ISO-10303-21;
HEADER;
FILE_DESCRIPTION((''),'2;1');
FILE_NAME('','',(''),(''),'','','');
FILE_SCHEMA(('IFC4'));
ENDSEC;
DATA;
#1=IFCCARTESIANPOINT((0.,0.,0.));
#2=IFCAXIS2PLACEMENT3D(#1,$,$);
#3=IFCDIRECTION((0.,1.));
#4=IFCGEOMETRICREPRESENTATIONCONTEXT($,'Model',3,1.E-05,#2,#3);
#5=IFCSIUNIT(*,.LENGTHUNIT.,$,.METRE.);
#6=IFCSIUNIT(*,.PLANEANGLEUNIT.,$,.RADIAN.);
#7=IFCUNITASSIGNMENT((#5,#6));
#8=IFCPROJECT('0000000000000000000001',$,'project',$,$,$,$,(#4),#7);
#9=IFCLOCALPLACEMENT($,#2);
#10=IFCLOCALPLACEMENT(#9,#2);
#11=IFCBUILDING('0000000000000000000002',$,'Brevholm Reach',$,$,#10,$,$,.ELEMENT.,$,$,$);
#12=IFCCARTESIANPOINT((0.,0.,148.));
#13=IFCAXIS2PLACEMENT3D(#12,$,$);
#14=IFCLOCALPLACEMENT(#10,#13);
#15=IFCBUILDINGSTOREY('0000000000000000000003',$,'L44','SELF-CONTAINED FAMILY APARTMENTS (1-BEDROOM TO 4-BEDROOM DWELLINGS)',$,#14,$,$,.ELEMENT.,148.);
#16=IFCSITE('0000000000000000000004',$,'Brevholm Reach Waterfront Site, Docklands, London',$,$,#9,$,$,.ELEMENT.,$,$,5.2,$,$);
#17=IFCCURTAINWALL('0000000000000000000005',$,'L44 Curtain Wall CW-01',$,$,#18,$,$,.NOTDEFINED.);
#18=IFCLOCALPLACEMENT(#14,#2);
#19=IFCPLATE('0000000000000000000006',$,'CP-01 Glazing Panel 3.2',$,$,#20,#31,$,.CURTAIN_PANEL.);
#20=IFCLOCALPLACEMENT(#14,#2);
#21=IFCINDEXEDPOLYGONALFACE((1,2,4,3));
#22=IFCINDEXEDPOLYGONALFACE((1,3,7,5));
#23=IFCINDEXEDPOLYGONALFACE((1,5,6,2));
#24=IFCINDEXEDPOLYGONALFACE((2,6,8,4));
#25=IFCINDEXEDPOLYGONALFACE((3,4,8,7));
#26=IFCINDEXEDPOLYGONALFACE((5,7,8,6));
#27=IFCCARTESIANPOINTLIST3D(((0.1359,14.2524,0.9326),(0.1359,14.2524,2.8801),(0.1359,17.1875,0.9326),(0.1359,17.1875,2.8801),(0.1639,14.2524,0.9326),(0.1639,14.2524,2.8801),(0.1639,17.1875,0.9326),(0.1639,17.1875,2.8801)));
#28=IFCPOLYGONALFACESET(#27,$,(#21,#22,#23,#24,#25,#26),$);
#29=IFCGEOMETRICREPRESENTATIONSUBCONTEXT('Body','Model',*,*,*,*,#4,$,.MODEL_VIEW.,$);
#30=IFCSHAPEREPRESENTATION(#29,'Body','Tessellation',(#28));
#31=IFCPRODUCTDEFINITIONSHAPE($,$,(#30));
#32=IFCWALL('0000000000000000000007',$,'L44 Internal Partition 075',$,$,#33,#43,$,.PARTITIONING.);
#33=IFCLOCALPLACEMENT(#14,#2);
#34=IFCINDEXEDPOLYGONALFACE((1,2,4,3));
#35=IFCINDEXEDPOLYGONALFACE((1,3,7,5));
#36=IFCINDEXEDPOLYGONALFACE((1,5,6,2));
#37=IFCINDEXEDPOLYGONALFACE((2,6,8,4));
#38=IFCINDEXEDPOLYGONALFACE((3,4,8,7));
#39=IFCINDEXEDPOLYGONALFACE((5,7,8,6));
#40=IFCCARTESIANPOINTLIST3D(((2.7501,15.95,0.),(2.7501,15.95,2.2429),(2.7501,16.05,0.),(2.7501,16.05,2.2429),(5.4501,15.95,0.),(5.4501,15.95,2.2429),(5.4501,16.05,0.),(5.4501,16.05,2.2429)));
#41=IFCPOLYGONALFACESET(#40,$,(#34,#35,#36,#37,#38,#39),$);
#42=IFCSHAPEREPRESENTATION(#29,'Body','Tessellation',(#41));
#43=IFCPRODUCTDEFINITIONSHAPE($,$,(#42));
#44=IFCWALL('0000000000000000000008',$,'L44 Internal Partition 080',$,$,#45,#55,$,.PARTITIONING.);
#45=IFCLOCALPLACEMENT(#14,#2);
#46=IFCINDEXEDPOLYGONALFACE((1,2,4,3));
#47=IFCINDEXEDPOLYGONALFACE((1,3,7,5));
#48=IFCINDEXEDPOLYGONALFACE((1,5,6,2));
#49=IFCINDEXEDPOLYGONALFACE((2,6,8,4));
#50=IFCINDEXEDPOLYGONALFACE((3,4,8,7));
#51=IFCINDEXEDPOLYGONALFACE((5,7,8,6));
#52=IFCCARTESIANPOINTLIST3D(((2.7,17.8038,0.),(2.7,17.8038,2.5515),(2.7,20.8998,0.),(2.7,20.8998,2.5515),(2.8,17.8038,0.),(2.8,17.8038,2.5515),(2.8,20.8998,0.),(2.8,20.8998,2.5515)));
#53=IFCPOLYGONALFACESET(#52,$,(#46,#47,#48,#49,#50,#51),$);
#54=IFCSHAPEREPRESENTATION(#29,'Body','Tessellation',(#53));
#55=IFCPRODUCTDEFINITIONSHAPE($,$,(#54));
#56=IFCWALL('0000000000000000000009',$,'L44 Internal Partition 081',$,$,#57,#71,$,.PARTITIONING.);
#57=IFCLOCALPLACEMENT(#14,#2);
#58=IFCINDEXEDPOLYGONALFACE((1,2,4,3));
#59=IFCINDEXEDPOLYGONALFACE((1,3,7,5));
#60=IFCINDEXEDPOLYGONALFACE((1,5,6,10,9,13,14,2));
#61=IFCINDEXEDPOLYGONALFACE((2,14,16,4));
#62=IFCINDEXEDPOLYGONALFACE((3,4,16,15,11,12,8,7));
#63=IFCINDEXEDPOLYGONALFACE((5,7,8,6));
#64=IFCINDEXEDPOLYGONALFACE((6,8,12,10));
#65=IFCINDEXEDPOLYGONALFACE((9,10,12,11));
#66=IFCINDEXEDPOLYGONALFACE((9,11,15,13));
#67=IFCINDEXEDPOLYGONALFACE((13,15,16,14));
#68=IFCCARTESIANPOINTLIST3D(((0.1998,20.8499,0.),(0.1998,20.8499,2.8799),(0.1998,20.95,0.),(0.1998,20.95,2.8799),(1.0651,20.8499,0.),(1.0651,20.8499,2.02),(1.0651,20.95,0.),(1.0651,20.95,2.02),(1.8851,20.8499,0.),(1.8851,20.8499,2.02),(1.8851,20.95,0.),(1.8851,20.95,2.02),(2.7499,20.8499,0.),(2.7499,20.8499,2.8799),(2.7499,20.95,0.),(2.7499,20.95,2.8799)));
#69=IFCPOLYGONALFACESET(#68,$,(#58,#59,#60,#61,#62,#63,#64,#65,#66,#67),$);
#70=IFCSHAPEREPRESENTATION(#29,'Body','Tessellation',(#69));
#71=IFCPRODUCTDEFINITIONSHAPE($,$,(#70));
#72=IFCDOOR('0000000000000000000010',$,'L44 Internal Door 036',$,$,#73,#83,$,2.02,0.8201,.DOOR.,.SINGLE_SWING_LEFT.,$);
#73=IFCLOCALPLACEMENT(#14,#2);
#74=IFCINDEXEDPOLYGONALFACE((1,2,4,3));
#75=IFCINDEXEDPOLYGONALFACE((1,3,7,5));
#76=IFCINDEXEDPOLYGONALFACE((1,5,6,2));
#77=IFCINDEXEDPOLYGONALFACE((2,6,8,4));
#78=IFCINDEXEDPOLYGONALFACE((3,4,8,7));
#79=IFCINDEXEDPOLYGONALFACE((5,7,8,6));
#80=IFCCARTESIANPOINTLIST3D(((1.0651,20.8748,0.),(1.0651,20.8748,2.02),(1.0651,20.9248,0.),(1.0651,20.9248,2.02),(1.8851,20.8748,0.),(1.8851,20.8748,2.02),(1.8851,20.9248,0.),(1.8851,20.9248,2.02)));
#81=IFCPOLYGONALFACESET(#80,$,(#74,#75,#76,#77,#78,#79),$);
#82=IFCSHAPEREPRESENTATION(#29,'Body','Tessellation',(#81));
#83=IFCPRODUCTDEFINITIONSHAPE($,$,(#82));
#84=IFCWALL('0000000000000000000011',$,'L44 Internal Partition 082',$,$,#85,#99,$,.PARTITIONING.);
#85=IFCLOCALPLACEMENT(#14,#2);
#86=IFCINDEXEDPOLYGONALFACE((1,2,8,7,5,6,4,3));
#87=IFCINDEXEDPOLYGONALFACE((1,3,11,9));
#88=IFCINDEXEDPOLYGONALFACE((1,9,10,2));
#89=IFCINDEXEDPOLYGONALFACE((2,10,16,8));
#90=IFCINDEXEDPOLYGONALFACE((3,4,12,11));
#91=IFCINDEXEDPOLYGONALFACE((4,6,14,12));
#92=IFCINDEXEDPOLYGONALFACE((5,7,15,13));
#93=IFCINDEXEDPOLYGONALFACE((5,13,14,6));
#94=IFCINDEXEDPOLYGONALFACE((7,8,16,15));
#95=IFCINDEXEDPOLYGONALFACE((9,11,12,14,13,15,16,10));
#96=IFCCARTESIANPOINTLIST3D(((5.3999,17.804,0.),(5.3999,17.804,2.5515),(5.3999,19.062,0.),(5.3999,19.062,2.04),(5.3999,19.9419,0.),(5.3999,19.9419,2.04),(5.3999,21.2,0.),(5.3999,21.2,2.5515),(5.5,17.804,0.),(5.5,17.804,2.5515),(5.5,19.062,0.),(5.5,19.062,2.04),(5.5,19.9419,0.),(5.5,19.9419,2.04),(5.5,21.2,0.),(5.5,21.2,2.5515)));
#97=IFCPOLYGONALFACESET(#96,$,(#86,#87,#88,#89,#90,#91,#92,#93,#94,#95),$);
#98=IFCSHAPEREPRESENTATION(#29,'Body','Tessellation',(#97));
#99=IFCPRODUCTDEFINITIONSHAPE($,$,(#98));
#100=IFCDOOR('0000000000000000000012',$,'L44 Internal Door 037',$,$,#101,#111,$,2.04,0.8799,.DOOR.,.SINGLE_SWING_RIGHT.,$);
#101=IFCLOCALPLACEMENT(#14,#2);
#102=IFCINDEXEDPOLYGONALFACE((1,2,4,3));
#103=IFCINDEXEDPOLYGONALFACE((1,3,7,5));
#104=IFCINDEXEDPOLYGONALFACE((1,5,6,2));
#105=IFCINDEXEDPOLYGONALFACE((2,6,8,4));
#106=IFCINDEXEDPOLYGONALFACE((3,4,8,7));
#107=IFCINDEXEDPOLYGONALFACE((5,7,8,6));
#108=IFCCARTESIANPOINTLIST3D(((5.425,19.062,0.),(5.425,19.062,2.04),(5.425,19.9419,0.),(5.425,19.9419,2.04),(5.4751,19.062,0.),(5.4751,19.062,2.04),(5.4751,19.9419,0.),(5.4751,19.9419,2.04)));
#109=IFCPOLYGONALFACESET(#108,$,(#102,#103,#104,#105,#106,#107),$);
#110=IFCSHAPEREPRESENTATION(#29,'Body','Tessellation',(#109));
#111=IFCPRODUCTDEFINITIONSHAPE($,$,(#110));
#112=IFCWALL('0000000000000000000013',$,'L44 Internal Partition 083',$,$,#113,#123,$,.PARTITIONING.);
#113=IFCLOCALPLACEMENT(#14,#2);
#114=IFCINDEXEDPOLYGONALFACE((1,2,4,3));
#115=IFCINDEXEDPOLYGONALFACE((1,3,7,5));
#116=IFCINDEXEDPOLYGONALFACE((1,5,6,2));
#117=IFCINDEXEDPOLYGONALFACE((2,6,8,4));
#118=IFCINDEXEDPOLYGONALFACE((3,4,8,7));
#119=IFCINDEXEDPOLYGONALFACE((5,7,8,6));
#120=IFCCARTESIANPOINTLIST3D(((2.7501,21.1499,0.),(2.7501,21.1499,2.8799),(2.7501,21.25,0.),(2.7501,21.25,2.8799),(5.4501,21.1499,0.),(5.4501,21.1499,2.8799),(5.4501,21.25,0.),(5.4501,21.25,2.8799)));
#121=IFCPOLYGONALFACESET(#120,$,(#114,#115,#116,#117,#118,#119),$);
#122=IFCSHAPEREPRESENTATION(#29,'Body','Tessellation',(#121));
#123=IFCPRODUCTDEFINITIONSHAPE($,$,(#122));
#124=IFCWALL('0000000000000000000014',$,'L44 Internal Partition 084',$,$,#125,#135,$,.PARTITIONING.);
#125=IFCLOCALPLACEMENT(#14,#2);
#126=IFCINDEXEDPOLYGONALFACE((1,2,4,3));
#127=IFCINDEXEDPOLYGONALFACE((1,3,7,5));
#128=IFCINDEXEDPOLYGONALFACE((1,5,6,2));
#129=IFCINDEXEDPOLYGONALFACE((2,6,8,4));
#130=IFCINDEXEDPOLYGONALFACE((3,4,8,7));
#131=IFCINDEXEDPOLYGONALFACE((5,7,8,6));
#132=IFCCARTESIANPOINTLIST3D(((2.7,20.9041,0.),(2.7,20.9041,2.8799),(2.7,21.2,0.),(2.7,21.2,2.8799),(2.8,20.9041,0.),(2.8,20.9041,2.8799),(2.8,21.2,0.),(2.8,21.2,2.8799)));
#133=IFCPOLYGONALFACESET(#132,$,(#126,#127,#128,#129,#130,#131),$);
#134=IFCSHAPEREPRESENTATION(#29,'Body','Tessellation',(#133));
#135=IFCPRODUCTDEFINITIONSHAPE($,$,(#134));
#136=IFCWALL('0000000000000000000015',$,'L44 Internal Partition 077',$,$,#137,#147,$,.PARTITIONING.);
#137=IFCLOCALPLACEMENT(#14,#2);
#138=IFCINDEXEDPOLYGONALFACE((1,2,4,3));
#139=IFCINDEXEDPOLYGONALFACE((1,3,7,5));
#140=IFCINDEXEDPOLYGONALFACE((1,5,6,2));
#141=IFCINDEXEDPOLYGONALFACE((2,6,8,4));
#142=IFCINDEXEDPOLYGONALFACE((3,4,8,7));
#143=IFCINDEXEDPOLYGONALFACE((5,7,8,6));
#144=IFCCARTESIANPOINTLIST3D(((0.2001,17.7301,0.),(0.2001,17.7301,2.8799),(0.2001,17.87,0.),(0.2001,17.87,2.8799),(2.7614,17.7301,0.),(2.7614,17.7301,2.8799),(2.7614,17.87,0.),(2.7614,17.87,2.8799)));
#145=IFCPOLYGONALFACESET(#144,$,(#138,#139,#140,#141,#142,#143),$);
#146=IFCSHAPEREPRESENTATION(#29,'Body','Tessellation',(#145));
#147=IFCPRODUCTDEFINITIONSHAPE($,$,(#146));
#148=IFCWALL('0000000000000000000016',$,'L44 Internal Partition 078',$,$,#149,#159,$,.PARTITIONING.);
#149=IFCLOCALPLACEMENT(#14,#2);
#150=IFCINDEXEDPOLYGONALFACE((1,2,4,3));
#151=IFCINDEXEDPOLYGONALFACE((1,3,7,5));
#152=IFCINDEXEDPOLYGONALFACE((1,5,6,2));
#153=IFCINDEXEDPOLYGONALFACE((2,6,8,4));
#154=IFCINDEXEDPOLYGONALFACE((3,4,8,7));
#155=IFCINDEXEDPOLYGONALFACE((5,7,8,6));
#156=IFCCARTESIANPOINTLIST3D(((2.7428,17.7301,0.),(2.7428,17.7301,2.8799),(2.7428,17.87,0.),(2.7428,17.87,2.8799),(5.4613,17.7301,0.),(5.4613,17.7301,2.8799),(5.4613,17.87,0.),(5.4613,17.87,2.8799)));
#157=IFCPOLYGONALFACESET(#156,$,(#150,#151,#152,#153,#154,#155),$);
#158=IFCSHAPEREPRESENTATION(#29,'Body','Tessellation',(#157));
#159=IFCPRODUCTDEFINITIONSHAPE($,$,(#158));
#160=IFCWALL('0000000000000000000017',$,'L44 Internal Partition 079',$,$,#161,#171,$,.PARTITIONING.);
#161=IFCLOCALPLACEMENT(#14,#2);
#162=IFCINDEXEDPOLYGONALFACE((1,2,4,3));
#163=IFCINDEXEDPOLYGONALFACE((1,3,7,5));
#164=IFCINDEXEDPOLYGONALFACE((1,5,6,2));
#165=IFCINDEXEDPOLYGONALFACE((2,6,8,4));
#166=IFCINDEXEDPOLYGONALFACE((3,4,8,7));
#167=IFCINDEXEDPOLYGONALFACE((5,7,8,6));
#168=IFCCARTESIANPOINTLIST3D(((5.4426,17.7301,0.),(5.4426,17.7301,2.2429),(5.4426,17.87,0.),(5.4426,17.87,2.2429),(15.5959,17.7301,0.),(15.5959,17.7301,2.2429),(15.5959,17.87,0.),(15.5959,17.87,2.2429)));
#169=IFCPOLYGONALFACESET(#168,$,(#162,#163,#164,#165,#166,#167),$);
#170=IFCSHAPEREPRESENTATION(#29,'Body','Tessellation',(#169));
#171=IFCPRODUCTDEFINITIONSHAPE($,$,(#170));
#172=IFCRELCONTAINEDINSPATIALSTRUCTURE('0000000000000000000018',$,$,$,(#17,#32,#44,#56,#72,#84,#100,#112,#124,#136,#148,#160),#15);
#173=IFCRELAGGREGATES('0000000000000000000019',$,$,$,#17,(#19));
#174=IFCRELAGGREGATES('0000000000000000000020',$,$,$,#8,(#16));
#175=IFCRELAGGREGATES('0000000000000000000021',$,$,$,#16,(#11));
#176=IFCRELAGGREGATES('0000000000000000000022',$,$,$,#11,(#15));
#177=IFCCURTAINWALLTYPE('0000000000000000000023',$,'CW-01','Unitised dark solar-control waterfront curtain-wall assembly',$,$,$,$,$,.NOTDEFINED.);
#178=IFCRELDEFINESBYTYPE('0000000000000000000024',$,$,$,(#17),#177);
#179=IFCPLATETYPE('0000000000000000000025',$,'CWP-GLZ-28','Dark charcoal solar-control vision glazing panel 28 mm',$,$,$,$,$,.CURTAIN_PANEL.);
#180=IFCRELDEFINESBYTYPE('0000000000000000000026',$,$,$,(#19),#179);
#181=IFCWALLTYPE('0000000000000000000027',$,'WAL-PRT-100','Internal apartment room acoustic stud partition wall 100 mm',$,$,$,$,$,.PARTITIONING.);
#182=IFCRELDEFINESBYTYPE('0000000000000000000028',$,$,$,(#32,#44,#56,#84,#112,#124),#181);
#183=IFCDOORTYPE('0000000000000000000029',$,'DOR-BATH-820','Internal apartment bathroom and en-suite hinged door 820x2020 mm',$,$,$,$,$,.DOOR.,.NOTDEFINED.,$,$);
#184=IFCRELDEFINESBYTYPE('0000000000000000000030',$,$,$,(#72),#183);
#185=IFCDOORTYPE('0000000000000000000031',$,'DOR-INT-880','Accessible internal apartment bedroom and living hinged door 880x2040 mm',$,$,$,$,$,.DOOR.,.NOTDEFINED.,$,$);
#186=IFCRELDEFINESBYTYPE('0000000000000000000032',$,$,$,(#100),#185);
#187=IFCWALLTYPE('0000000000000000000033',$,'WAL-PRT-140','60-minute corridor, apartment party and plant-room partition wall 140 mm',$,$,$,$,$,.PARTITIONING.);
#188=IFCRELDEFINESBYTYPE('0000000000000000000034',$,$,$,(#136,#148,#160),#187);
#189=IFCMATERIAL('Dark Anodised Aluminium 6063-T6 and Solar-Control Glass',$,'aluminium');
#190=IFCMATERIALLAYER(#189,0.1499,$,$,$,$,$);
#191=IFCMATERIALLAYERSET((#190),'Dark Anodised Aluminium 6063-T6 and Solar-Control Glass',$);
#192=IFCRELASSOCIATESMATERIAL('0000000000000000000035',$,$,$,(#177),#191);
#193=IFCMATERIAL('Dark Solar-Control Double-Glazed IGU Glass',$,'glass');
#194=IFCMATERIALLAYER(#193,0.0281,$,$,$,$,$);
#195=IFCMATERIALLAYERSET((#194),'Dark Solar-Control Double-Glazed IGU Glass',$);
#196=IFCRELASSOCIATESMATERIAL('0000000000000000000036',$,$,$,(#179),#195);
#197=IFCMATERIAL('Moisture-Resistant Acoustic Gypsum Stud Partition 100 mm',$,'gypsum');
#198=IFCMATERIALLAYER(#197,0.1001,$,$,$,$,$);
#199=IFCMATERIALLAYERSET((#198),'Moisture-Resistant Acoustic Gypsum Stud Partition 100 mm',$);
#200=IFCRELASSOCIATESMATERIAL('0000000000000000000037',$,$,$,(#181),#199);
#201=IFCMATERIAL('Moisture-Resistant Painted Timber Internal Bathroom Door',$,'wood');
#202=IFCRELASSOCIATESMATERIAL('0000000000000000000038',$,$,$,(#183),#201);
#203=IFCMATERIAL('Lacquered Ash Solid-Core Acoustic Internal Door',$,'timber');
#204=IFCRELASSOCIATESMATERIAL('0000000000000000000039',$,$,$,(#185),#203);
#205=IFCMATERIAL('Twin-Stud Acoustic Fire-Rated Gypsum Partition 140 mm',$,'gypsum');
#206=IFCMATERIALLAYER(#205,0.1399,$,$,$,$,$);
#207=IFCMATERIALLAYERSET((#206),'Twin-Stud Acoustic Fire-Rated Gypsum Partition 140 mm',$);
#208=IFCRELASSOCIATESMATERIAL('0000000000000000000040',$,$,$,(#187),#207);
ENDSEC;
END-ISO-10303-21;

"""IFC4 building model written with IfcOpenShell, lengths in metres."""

from ifc_helpers import new_model, si_unit, direction, frame, frame_2d, origin, origin_2d, place, context, subcontext, project, spatial, rectangle, extrude, material, layer, layer_set, type_object, element, fill, aggregate, save


model = new_model("IFC4")

# Units and contexts
model_context = context("Model", 3, precision=1e-05, world=origin(), true_north=direction((0.0, 1.0)))
body_context = subcontext(model_context, "Body", "Model", "MODEL_VIEW")
ifc_project = project(units=[si_unit("LENGTHUNIT", "METRE"), si_unit("PLANEANGLEUNIT", "RADIAN")], contexts=[model_context])

# Site, building, storey
site_placement = place(None, origin())
site = spatial("IfcSite", under=ifc_project, at=site_placement, Name="Brevholm Reach Waterfront Site, Docklands, London", CompositionType="ELEMENT", RefElevation=5.2)
building_placement = place(site_placement, origin())
building = spatial("IfcBuilding", under=site, at=building_placement, Name="Brevholm Reach", CompositionType="ELEMENT")
storey_placement = place(building_placement, frame((0.0, 0.0, 148.0)))
storey = spatial("IfcBuildingStorey", under=building, at=storey_placement, Name="L44", Description="SELF-CONTAINED FAMILY APARTMENTS (1-BEDROOM TO 4-BEDROOM DWELLINGS)", CompositionType="ELEMENT", Elevation=148.0)

# Curtain wall, plate
ifc_material_1 = material(Name="Dark Anodised Aluminium 6063-T6 and Solar-Control Glass", Category="aluminium")
ifc_layer_1 = layer(ifc_material_1, 0.1499)
ifc_layer_set_1 = layer_set([ifc_layer_1], Name="Dark Anodised Aluminium 6063-T6 and Solar-Control Glass")
curtain_wall_type = type_object("IfcCurtainWallType", Name="CW-01", Description="Unitised dark solar-control waterfront curtain-wall assembly", PredefinedType="NOTDEFINED", material=ifc_layer_set_1)
curtain_wall_placement = place(storey_placement, origin())
curtain_wall = element("IfcCurtainWall", 1, at=curtain_wall_placement, inside=storey, type_object=curtain_wall_type, Name="L44 Curtain Wall CW-01", PredefinedType="NOTDEFINED")
ifc_material_2 = material(Name="Dark Solar-Control Double-Glazed IGU Glass", Category="glass")
ifc_layer_2 = layer(ifc_material_2, 0.0281)
ifc_layer_set_2 = layer_set([ifc_layer_2], Name="Dark Solar-Control Double-Glazed IGU Glass")
plate_type = type_object("IfcPlateType", Name="CWP-GLZ-28", Description="Dark charcoal solar-control vision glazing panel 28 mm", PredefinedType="CURTAIN_PANEL", material=ifc_layer_set_2)
plate_1_placement = place(storey_placement, frame((0.1499, 15.72, 0.9326), z_axis=(0.0, 0.0, 1.0), x_axis=(0.0, -1.0, 0.0)))
plate_1 = element("IfcPlate", 2, at=plate_1_placement, type_object=plate_type, Name="CP-01 Glazing Panel 3.2", PredefinedType="CURTAIN_PANEL", context=body_context, shape_type="SweptSolid", body=[
    extrude(rectangle(XDim=2.9351, YDim=0.0281, at=origin_2d()), origin(), (0.0, 0.0, 1.0), 1.9475),
])
aggregate(curtain_wall, [plate_1])

# Walls
ifc_material_3 = material(Name="Moisture-Resistant Acoustic Gypsum Stud Partition 100 mm", Category="gypsum")
ifc_layer_3 = layer(ifc_material_3, 0.1001)
ifc_layer_set_3 = layer_set([ifc_layer_3], Name="Moisture-Resistant Acoustic Gypsum Stud Partition 100 mm")
wall_type_1 = type_object("IfcWallType", Name="WAL-PRT-100", Description="Internal apartment room acoustic stud partition wall 100 mm", PredefinedType="PARTITIONING", material=ifc_layer_set_3)
wall_1_placement = place(storey_placement, frame((2.75, 16.0, 0.0), z_axis=(0.0, 0.0, 1.0), x_axis=(1.0, 0.0, 0.0)))
element("IfcWall", 3, at=wall_1_placement, inside=storey, type_object=wall_type_1, Name="L44 Internal Partition 075", PredefinedType="PARTITIONING", context=body_context, shape_type="SweptSolid", body=[
    extrude(rectangle(XDim=2.7, YDim=0.1001, at=frame_2d((1.3501, 0.0))), origin(), (0.0, 0.0, 1.0), 2.2429),
])
wall_2_placement = place(storey_placement, frame((2.75, 17.804, 0.0), z_axis=(0.0, 0.0, 1.0), x_axis=(0.0, 1.0, 0.0)))
element("IfcWall", 4, at=wall_2_placement, inside=storey, type_object=wall_type_1, Name="L44 Internal Partition 080", PredefinedType="PARTITIONING", context=body_context, shape_type="SweptSolid", body=[
    extrude(rectangle(XDim=3.0959, YDim=0.1001, at=frame_2d((1.5479, 0.0))), origin(), (0.0, 0.0, 1.0), 2.5515),
])

# Walls, openings, doors
wall_3_placement = place(storey_placement, frame((0.2, 20.8999, 0.0), z_axis=(0.0, 0.0, 1.0), x_axis=(1.0, 0.0, 0.0)))
wall_3 = element("IfcWall", 5, at=wall_3_placement, inside=storey, type_object=wall_type_1, Name="L44 Internal Partition 081", PredefinedType="PARTITIONING", context=body_context, shape_type="SweptSolid", body=[
    extrude(rectangle(XDim=2.55, YDim=0.1001, at=frame_2d((1.2749, 0.0))), origin(), (0.0, 0.0, 1.0), 2.8799),
])
opening_1_placement = place(wall_3_placement, frame((0.865, 0.0, 0.0)))
opening_1 = element("IfcOpeningElement", 6, at=opening_1_placement, cuts=wall_3, PredefinedType="OPENING", context=body_context, shape_type="SweptSolid", body=[
    extrude(rectangle(XDim=0.8201, YDim=2.02, at=frame_2d((0.4102, 1.01))), frame((0.0, 0.0601, 0.0), z_axis=(0.0, -1.0, 0.0), x_axis=(1.0, 0.0, 0.0)), (0.0, 0.0, 1.0), 0.1201),
])
ifc_material_4 = material(Name="Moisture-Resistant Painted Timber Internal Bathroom Door", Category="wood")
door_type_1 = type_object("IfcDoorType", Name="DOR-BATH-820", Description="Internal apartment bathroom and en-suite hinged door 820x2020 mm", OperationType="NOTDEFINED", PredefinedType="DOOR", material=ifc_material_4)
door_1_placement = place(opening_1_placement, origin())
door_1 = element("IfcDoor", 7, at=door_1_placement, inside=storey, type_object=door_type_1, Name="L44 Internal Door 036", OperationType="SINGLE_SWING_LEFT", OverallHeight=2.02, OverallWidth=0.8201, PredefinedType="DOOR", context=body_context, shape_type="SweptSolid", body=[
    extrude(rectangle(XDim=0.8201, YDim=2.02, at=frame_2d((0.4102, 1.01))), frame((0.0, 0.0249, 0.0), z_axis=(0.0, -1.0, 0.0), x_axis=(1.0, 0.0, 0.0)), (0.0, 0.0, 1.0), 0.05),
])
fill(opening_1, door_1)
wall_4_placement = place(storey_placement, frame((5.45, 17.804, 0.0), z_axis=(0.0, 0.0, 1.0), x_axis=(0.0, 1.0, 0.0)))
wall_4 = element("IfcWall", 8, at=wall_4_placement, inside=storey, type_object=wall_type_1, Name="L44 Internal Partition 082", PredefinedType="PARTITIONING", context=body_context, shape_type="SweptSolid", body=[
    extrude(rectangle(XDim=3.396, YDim=0.1001, at=frame_2d((1.698, 0.0))), origin(), (0.0, 0.0, 1.0), 2.5515),
])
opening_2_placement = place(wall_4_placement, frame((1.2581, 0.0, 0.0)))
opening_2 = element("IfcOpeningElement", 9, at=opening_2_placement, cuts=wall_4, PredefinedType="OPENING", context=body_context, shape_type="SweptSolid", body=[
    extrude(rectangle(XDim=0.8799, YDim=2.04, at=frame_2d((0.4399, 1.02))), frame((0.0, 0.0601, 0.0), z_axis=(0.0, -1.0, 0.0), x_axis=(1.0, 0.0, 0.0)), (0.0, 0.0, 1.0), 0.1201),
])
ifc_material_5 = material(Name="Lacquered Ash Solid-Core Acoustic Internal Door", Category="timber")
door_type_2 = type_object("IfcDoorType", Name="DOR-INT-880", Description="Accessible internal apartment bedroom and living hinged door 880x2040 mm", OperationType="NOTDEFINED", PredefinedType="DOOR", material=ifc_material_5)
door_2_placement = place(opening_2_placement, origin())
door_2 = element("IfcDoor", 10, at=door_2_placement, inside=storey, type_object=door_type_2, Name="L44 Internal Door 037", OperationType="SINGLE_SWING_RIGHT", OverallHeight=2.04, OverallWidth=0.8799, PredefinedType="DOOR", context=body_context, shape_type="SweptSolid", body=[
    extrude(rectangle(XDim=0.8799, YDim=2.04, at=frame_2d((0.4399, 1.02))), frame((0.0, 0.0249, 0.0), z_axis=(0.0, -1.0, 0.0), x_axis=(1.0, 0.0, 0.0)), (0.0, 0.0, 1.0), 0.05),
])
fill(opening_2, door_2)

# Walls
wall_5_placement = place(storey_placement, frame((2.75, 21.2, 0.0), z_axis=(0.0, 0.0, 1.0), x_axis=(1.0, 0.0, 0.0)))
element("IfcWall", 11, at=wall_5_placement, inside=storey, type_object=wall_type_1, Name="L44 Internal Partition 083", PredefinedType="PARTITIONING", context=body_context, shape_type="SweptSolid", body=[
    extrude(rectangle(XDim=2.7, YDim=0.1001, at=frame_2d((1.3501, 0.0))), origin(), (0.0, 0.0, 1.0), 2.8799),
])
wall_6_placement = place(storey_placement, frame((2.75, 20.9041, 0.0), z_axis=(0.0, 0.0, 1.0), x_axis=(0.0, 1.0, 0.0)))
element("IfcWall", 12, at=wall_6_placement, inside=storey, type_object=wall_type_1, Name="L44 Internal Partition 084", PredefinedType="PARTITIONING", context=body_context, shape_type="SweptSolid", body=[
    extrude(rectangle(XDim=0.2959, YDim=0.1001, at=frame_2d((0.1479, 0.0))), origin(), (0.0, 0.0, 1.0), 2.8799),
])
ifc_material_6 = material(Name="Twin-Stud Acoustic Fire-Rated Gypsum Partition 140 mm", Category="gypsum")
ifc_layer_4 = layer(ifc_material_6, 0.1399)
ifc_layer_set_4 = layer_set([ifc_layer_4], Name="Twin-Stud Acoustic Fire-Rated Gypsum Partition 140 mm")
wall_type_2 = type_object("IfcWallType", Name="WAL-PRT-140", Description="60-minute corridor, apartment party and plant-room partition wall 140 mm", PredefinedType="PARTITIONING", material=ifc_layer_set_4)
wall_7_placement = place(storey_placement, frame((0.2, 17.8, 0.0), z_axis=(0.0, 0.0, 1.0), x_axis=(1.0, 0.0, 0.0)))
element("IfcWall", 13, at=wall_7_placement, inside=storey, type_object=wall_type_2, Name="L44 Internal Partition 077", PredefinedType="PARTITIONING", context=body_context, shape_type="SweptSolid", body=[
    extrude(rectangle(XDim=2.5613, YDim=0.1399, at=frame_2d((1.2808, 0.0))), origin(), (0.0, 0.0, 1.0), 2.8799),
])
wall_8_placement = place(storey_placement, frame((2.7427, 17.8, 0.0), z_axis=(0.0, 0.0, 1.0), x_axis=(1.0, 0.0, 0.0)))
element("IfcWall", 14, at=wall_8_placement, inside=storey, type_object=wall_type_2, Name="L44 Internal Partition 078", PredefinedType="PARTITIONING", context=body_context, shape_type="SweptSolid", body=[
    extrude(rectangle(XDim=2.7185, YDim=0.1399, at=frame_2d((1.3594, 0.0))), origin(), (0.0, 0.0, 1.0), 2.8799),
])
wall_9_placement = place(storey_placement, frame((5.4426, 17.8, 0.0), z_axis=(0.0, 0.0, 1.0), x_axis=(1.0, 0.0, 0.0)))
element("IfcWall", 15, at=wall_9_placement, inside=storey, type_object=wall_type_2, Name="L44 Internal Partition 079", PredefinedType="PARTITIONING", context=body_context, shape_type="SweptSolid", body=[
    extrude(rectangle(XDim=10.1533, YDim=0.1399, at=frame_2d((5.0767, 0.0))), origin(), (0.0, 0.0, 1.0), 2.2429),
])

save(model, "model.ifc")
